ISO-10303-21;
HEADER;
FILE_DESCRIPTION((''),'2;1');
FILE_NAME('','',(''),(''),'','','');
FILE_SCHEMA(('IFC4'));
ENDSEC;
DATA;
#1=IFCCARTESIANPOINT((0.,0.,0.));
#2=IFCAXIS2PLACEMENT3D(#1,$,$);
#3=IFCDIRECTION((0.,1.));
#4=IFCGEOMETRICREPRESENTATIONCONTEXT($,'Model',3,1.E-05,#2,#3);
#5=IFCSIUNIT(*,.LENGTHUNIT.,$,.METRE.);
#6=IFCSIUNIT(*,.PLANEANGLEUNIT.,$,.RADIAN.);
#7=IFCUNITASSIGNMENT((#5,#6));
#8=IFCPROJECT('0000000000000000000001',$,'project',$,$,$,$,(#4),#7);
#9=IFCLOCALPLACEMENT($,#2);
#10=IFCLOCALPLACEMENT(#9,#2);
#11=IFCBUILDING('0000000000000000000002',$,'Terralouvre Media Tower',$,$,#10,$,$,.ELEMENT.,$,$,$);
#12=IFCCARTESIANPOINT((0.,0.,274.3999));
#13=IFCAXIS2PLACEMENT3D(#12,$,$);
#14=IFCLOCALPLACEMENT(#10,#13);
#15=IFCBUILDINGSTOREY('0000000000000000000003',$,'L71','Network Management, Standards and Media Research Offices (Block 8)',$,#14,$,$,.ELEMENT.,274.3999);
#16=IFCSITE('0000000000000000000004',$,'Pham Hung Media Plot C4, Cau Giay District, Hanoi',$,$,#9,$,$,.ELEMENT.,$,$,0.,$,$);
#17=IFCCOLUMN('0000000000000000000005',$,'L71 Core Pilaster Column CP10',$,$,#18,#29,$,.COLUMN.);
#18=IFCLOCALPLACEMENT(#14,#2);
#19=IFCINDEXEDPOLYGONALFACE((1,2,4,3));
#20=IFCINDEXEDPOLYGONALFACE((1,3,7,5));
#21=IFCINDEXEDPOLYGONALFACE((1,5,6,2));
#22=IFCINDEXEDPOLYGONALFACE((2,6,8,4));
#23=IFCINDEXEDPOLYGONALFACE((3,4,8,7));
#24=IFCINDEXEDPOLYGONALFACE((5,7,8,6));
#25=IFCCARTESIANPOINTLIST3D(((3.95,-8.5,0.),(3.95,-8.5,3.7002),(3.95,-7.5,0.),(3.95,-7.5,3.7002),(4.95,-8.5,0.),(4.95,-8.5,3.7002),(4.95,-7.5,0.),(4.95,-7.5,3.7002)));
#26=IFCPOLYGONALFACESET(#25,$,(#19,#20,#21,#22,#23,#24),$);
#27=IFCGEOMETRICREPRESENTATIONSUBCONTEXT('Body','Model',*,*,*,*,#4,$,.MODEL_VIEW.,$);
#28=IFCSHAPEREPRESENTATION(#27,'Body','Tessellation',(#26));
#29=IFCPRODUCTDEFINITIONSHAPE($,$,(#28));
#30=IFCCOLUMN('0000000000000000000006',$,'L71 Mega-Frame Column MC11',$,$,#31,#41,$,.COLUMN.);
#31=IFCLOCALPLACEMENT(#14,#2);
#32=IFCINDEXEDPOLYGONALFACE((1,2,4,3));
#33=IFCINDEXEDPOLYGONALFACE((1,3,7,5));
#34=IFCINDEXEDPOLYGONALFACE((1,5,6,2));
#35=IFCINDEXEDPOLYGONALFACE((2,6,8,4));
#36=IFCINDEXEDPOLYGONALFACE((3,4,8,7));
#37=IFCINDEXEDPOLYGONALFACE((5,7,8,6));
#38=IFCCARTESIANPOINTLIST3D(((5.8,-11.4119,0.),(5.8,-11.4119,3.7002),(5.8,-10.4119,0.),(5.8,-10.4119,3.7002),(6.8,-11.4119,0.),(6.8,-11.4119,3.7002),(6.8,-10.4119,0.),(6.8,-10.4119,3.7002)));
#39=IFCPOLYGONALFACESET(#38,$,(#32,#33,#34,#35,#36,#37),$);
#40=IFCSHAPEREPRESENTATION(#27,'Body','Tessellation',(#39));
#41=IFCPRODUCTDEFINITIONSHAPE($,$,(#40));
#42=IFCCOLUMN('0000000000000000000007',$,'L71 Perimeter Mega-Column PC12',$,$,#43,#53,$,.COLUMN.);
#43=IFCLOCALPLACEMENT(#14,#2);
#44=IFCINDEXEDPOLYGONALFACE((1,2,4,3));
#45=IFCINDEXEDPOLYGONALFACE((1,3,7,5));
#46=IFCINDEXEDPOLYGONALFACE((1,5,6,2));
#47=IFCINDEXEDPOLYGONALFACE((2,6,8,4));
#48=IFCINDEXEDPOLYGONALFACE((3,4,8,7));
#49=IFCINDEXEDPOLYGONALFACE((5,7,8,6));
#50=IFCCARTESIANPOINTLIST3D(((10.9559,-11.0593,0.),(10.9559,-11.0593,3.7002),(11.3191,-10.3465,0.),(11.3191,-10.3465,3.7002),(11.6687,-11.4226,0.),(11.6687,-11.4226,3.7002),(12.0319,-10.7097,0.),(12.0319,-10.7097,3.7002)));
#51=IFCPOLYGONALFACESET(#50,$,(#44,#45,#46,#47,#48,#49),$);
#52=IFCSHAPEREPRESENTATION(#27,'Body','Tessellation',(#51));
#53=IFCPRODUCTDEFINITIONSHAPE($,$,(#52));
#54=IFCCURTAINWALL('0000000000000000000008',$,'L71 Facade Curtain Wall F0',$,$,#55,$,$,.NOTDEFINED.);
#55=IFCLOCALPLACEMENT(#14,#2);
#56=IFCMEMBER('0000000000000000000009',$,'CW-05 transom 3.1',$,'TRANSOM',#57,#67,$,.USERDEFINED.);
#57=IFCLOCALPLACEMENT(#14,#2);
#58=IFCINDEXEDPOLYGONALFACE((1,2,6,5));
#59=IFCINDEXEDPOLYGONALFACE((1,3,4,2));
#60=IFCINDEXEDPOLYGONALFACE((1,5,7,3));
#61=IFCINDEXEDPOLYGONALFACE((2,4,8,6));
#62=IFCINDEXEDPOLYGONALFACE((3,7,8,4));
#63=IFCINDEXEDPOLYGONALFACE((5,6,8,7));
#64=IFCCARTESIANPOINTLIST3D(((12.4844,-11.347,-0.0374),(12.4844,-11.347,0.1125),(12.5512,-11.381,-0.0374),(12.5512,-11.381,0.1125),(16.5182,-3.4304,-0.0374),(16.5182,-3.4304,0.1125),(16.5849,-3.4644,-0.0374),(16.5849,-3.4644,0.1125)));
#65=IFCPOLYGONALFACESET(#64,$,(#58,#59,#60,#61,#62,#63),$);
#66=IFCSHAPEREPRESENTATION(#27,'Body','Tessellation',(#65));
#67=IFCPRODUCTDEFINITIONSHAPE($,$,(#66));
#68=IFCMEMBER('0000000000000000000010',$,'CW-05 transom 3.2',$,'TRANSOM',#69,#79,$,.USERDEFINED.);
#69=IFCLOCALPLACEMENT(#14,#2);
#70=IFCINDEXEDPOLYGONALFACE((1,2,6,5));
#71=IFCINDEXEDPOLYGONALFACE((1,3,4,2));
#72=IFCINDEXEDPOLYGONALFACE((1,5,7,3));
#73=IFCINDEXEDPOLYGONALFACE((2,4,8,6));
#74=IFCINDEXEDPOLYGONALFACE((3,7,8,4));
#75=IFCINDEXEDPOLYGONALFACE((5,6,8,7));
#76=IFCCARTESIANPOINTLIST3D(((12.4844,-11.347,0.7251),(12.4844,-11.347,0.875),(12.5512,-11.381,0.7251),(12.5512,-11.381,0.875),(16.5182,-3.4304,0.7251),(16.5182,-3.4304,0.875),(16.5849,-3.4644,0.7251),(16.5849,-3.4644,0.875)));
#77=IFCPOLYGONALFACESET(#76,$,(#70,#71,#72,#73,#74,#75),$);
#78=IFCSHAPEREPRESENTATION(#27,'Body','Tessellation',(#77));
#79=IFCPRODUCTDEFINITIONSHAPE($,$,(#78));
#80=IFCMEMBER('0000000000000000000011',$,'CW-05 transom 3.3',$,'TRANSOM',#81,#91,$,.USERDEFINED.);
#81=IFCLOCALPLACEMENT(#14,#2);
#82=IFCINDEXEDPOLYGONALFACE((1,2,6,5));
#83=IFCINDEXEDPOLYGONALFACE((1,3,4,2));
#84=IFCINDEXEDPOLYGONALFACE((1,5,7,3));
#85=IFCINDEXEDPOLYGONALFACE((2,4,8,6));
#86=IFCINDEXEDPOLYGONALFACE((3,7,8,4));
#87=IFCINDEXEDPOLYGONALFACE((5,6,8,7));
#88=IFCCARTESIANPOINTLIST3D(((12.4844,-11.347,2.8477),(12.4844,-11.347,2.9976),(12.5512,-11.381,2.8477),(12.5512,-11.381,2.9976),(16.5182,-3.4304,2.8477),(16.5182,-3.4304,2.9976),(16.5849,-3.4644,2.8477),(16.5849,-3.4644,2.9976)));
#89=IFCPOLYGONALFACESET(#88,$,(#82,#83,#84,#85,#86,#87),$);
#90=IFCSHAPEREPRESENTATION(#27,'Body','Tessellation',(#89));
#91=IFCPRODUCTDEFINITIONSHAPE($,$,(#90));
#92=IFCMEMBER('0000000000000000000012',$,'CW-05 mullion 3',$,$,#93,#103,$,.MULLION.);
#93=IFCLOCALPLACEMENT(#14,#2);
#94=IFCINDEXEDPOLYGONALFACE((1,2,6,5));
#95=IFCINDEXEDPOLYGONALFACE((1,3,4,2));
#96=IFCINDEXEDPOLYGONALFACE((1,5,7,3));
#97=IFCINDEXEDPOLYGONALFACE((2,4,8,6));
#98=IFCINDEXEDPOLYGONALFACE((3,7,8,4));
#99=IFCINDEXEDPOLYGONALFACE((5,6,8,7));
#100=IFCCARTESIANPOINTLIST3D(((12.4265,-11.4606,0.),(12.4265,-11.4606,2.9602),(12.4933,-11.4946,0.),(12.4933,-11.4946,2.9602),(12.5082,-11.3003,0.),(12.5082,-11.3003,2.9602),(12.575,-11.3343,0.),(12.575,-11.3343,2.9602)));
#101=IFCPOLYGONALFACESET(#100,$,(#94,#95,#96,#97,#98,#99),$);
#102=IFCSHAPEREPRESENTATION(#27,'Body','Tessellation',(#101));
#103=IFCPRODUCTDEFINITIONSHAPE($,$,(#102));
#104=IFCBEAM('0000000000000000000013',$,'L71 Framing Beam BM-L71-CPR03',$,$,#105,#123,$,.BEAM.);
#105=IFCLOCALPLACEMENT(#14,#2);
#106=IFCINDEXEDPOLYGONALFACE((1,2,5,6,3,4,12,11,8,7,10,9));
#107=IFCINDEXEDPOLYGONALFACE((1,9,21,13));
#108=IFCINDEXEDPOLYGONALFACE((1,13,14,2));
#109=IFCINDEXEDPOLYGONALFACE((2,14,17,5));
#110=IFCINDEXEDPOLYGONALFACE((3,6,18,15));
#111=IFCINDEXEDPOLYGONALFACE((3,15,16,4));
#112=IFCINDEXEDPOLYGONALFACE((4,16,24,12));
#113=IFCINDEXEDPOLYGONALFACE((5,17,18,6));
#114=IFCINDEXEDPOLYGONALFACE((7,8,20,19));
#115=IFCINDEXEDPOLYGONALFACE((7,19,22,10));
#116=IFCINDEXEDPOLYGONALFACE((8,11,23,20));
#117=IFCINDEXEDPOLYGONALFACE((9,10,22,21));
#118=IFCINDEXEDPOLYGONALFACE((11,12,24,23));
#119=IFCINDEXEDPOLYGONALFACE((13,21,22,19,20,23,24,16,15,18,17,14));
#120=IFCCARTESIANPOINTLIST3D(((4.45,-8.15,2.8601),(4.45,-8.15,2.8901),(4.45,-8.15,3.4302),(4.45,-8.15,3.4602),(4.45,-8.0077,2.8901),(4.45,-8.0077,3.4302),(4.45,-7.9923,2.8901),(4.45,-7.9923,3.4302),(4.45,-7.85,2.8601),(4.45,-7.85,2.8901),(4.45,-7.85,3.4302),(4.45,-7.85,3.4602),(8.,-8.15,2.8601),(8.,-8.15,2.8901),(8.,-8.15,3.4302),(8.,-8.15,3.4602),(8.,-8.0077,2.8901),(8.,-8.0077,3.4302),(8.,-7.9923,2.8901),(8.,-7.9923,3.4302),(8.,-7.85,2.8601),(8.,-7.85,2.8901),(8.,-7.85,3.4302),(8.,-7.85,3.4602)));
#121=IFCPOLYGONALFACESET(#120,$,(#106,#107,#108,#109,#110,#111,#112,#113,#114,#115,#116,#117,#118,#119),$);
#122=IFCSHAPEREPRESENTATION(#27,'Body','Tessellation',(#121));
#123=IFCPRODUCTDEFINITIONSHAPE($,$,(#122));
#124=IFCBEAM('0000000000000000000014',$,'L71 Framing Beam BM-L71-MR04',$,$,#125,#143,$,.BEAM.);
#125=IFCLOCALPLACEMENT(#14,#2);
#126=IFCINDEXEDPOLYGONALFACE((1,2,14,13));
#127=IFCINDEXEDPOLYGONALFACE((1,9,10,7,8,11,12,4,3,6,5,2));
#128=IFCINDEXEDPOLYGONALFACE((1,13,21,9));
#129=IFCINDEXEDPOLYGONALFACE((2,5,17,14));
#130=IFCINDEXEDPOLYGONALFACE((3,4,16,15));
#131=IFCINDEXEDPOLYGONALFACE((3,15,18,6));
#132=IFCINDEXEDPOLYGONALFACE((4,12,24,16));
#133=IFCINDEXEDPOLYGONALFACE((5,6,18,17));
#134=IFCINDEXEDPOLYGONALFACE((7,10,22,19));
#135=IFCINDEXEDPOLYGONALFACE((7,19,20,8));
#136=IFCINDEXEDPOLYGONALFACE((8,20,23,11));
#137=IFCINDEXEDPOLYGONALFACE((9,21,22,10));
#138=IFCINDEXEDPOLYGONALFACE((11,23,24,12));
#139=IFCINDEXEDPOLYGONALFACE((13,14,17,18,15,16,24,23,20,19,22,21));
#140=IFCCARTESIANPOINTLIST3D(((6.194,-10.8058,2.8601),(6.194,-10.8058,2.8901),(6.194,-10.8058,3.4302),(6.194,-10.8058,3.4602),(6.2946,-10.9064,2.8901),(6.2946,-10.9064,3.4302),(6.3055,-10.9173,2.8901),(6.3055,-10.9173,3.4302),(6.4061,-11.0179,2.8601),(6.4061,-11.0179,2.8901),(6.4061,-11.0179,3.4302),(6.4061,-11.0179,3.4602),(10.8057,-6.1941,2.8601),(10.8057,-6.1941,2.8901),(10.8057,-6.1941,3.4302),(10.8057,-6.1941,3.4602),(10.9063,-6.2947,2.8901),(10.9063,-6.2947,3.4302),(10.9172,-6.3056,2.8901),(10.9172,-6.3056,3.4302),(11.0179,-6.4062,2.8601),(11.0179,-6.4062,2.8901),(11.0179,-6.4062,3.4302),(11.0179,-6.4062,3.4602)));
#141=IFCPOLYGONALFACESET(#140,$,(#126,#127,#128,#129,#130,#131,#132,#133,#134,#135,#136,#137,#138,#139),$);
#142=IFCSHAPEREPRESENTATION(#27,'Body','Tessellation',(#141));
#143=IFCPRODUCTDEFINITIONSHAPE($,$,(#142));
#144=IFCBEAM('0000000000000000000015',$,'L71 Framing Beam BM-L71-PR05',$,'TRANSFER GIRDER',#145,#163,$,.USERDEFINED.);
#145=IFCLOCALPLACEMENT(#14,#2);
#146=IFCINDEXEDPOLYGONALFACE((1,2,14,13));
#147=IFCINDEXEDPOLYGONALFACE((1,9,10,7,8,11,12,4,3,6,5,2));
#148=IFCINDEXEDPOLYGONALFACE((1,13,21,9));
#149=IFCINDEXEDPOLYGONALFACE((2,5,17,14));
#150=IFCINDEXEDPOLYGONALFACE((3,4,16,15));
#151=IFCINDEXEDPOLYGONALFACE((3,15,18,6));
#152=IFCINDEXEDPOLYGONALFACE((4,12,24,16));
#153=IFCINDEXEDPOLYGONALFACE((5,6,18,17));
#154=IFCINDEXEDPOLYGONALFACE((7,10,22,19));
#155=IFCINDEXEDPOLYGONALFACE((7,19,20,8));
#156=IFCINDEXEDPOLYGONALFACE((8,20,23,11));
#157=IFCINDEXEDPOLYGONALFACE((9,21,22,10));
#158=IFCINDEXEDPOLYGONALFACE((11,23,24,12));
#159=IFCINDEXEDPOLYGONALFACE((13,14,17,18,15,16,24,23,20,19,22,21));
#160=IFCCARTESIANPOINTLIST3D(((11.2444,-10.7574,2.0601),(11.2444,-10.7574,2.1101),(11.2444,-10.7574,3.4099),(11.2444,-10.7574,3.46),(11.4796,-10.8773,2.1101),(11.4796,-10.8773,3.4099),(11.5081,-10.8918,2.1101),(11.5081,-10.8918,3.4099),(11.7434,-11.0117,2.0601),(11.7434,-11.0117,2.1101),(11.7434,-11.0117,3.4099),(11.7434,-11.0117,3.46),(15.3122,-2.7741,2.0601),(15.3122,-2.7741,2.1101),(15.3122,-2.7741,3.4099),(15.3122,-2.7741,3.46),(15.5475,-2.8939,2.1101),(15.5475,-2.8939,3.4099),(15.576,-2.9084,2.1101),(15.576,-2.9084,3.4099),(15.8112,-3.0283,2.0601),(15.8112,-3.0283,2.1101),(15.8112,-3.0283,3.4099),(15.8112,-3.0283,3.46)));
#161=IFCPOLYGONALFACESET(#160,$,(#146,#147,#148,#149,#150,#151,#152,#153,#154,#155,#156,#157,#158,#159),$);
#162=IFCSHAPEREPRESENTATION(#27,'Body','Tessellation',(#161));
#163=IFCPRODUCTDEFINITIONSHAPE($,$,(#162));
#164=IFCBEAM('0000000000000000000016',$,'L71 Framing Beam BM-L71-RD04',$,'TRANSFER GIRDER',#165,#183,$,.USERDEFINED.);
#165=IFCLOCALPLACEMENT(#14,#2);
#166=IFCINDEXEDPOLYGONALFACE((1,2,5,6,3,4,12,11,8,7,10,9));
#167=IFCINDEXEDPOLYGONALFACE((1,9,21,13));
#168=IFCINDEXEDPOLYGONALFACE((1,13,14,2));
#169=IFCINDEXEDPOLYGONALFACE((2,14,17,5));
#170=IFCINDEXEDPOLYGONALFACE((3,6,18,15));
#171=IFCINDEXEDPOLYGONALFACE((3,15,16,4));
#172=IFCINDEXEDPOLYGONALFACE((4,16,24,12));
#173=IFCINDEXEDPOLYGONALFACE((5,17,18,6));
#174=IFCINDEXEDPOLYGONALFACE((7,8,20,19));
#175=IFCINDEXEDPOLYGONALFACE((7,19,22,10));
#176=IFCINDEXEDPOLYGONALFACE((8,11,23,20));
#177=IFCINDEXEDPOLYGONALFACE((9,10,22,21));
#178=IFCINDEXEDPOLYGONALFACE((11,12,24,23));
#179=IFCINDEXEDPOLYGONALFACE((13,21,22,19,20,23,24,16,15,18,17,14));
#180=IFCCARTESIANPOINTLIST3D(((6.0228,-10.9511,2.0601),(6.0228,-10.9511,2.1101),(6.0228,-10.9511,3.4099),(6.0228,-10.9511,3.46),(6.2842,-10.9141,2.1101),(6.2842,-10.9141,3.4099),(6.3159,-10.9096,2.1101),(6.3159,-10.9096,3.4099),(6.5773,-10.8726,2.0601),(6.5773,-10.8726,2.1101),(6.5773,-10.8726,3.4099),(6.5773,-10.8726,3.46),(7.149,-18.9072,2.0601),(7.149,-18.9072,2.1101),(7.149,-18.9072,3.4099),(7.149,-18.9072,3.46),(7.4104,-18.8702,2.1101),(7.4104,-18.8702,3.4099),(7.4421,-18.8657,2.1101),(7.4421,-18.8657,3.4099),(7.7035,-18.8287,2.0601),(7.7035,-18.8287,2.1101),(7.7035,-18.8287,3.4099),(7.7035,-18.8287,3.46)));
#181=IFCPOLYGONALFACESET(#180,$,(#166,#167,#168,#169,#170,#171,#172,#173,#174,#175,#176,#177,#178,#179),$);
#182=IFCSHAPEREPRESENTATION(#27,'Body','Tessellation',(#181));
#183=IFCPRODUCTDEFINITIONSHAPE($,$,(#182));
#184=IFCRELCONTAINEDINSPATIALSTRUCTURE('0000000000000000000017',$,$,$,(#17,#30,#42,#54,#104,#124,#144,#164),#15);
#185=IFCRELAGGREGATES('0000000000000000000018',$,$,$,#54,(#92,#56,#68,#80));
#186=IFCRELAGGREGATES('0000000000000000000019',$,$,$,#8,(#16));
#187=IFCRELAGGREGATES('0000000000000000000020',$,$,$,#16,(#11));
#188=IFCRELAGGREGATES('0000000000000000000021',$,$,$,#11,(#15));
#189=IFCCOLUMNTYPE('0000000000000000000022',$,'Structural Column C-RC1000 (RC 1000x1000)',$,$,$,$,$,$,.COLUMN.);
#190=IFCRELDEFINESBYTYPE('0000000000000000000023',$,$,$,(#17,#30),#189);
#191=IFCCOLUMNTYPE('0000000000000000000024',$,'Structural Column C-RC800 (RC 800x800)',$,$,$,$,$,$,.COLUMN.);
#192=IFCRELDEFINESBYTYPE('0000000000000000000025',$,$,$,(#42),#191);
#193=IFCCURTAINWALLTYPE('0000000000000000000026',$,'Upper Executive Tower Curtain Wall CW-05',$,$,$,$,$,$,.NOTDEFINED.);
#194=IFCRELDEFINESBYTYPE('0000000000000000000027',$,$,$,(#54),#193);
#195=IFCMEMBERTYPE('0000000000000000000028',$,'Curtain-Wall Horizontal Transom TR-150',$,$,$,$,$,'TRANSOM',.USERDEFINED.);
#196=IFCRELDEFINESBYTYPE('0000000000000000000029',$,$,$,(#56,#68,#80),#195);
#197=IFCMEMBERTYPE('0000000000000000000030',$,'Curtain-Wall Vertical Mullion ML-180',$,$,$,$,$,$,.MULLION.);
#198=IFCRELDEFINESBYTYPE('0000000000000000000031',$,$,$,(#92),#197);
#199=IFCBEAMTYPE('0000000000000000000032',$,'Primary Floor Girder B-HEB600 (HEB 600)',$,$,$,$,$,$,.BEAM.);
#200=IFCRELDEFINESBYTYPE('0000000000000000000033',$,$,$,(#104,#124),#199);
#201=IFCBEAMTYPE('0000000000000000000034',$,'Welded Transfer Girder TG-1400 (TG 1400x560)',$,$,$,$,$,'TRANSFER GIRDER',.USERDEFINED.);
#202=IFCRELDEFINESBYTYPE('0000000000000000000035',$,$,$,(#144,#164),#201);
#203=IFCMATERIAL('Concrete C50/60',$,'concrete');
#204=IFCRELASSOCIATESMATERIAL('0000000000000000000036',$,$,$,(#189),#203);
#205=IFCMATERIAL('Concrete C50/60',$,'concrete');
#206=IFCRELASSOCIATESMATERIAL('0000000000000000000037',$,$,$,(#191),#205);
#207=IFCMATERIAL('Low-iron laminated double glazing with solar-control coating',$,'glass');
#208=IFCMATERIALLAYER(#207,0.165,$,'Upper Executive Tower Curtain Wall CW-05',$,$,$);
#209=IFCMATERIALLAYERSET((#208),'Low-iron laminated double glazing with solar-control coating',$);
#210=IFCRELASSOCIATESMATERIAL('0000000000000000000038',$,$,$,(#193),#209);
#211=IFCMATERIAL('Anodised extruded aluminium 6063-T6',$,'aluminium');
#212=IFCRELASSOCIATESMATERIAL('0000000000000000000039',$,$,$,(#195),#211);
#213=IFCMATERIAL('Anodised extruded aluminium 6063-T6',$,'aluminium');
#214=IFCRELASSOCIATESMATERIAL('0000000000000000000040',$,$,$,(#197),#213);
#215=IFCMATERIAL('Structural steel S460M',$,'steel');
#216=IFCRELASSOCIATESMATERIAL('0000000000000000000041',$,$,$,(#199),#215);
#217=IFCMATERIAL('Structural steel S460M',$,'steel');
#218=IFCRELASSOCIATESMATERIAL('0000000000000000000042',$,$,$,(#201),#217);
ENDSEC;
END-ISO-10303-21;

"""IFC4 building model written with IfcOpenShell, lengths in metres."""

from ifc_helpers import new_model, si_unit, direction, frame, origin, origin_2d, place, context, subcontext, project, spatial, rectangle, i_section, extrude, material, layer, layer_set, material_profile, profile_set, type_object, element, aggregate, save


model = new_model("IFC4")

# Units and contexts
model_context = context("Model", 3, precision=1e-05, world=origin(), true_north=direction((0.0, 1.0)))
body_context = subcontext(model_context, "Body", "Model", "MODEL_VIEW")
ifc_project = project(units=[si_unit("LENGTHUNIT", "METRE"), si_unit("PLANEANGLEUNIT", "RADIAN")], contexts=[model_context])

# Site, building, storey
site_placement = place(None, origin())
site = spatial("IfcSite", under=ifc_project, at=site_placement, Name="Pham Hung Media Plot C4, Cau Giay District, Hanoi", CompositionType="ELEMENT", RefElevation=0.0)
building_placement = place(site_placement, origin())
building = spatial("IfcBuilding", under=site, at=building_placement, Name="Terralouvre Media Tower", CompositionType="ELEMENT")
storey_placement = place(building_placement, frame((0.0, 0.0, 274.3999)))
storey = spatial("IfcBuildingStorey", under=building, at=storey_placement, Name="L71", Description="Network Management, Standards and Media Research Offices (Block 8)", CompositionType="ELEMENT", Elevation=274.3999)

# Columns
ifc_material_1 = material(Name="Concrete C50/60", Category="concrete")
ifc_material_profile_1 = material_profile(ifc_material_1, rectangle(XDim=1.0, YDim=1.0, at=origin_2d()), Name="RC 1000x1000")
ifc_profile_set_1 = profile_set([ifc_material_profile_1], Name="Concrete C50/60")
column_type_1 = type_object("IfcColumnType", Name="Structural Column C-RC1000 (RC 1000x1000)", PredefinedType="COLUMN", material=ifc_profile_set_1)
for number, where, z_axis, x_axis, name in (
    (1, (4.45, -8.0, 0.0), (0.0, 0.0, 1.0), (1.0, 0.0, 0.0), "L71 Core Pilaster Column CP10"),
    (2, (6.3, -10.9119, 0.0), (0.0, 0.0, 1.0), (1.0, 0.0, 0.0), "L71 Mega-Frame Column MC11"),
):
    element("IfcColumn", number, at=place(storey_placement, frame(where, z_axis=z_axis, x_axis=x_axis)), inside=storey, type_object=column_type_1, Name=name, PredefinedType="COLUMN", context=body_context, shape_type="SweptSolid", body=[
        extrude(rectangle(XDim=1.0, YDim=1.0, at=origin_2d()), origin(), (0.0, 0.0, 1.0), 3.7002),
    ])
ifc_material_2 = material(Name="Concrete C50/60", Category="concrete")
ifc_material_profile_2 = material_profile(ifc_material_2, rectangle(XDim=0.8, YDim=0.8, at=origin_2d()), Name="RC 800x800")
ifc_profile_set_2 = profile_set([ifc_material_profile_2], Name="Concrete C50/60")
column_type_2 = type_object("IfcColumnType", Name="Structural Column C-RC800 (RC 800x800)", PredefinedType="COLUMN", material=ifc_profile_set_2)
column_placement = place(storey_placement, frame((11.4939, -10.8845, 0.0), z_axis=(0.0, 0.0, 1.0), x_axis=(0.45399, 0.891007, 0.0)))
element("IfcColumn", 3, at=column_placement, inside=storey, type_object=column_type_2, Name="L71 Perimeter Mega-Column PC12", PredefinedType="COLUMN", context=body_context, shape_type="SweptSolid", body=[
    extrude(rectangle(XDim=0.8, YDim=0.8, at=origin_2d()), origin(), (0.0, 0.0, 1.0), 3.7002),
])

# Curtain wall, members
ifc_material_3 = material(Name="Low-iron laminated double glazing with solar-control coating", Category="glass")
ifc_layer_1 = layer(ifc_material_3, 0.165, Name="Upper Executive Tower Curtain Wall CW-05")
ifc_layer_set_1 = layer_set([ifc_layer_1], Name="Low-iron laminated double glazing with solar-control coating")
curtain_wall_type = type_object("IfcCurtainWallType", Name="Upper Executive Tower Curtain Wall CW-05", PredefinedType="NOTDEFINED", material=ifc_layer_set_1)
curtain_wall_placement = place(storey_placement, origin())
curtain_wall = element("IfcCurtainWall", 4, at=curtain_wall_placement, inside=storey, type_object=curtain_wall_type, Name="L71 Facade Curtain Wall F0", PredefinedType="NOTDEFINED")
ifc_material_4 = material(Name="Anodised extruded aluminium 6063-T6", Category="aluminium")
ifc_material_profile_3 = material_profile(ifc_material_4, rectangle(XDim=0.075, YDim=0.1499, at=origin_2d()), Name="ALU 75x150")
ifc_profile_set_3 = profile_set([ifc_material_profile_3], Name="Anodised extruded aluminium 6063-T6")
member_type_1 = type_object("IfcMemberType", Name="Curtain-Wall Horizontal Transom TR-150", ElementType="TRANSOM", PredefinedType="USERDEFINED", material=ifc_profile_set_3)
member_1_placement = place(storey_placement, frame((12.5178, -11.364, 0.0376), z_axis=(0.453993, 0.891005, 0.0), x_axis=(-0.891005, 0.453993, 0.0)))
member_1 = element("IfcMember", 5, at=member_1_placement, type_object=member_type_1, Name="CW-05 transom 3.1", ObjectType="TRANSOM", PredefinedType="USERDEFINED", context=body_context, shape_type="SweptSolid", body=[
    extrude(rectangle(XDim=0.075, YDim=0.1499, at=origin_2d()), origin(), (0.0, 0.0, 1.0), 8.885),
])
member_2_placement = place(storey_placement, frame((12.5178, -11.364, 0.8), z_axis=(0.453993, 0.891005, 0.0), x_axis=(-0.891005, 0.453993, 0.0)))
member_2 = element("IfcMember", 6, at=member_2_placement, type_object=member_type_1, Name="CW-05 transom 3.2", ObjectType="TRANSOM", PredefinedType="USERDEFINED", context=body_context, shape_type="SweptSolid", body=[
    extrude(rectangle(XDim=0.075, YDim=0.1499, at=origin_2d()), origin(), (0.0, 0.0, 1.0), 8.885),
])
member_3_placement = place(storey_placement, frame((12.5178, -11.364, 2.9226), z_axis=(0.453993, 0.891005, 0.0), x_axis=(-0.891005, 0.453993, 0.0)))
member_3 = element("IfcMember", 7, at=member_3_placement, type_object=member_type_1, Name="CW-05 transom 3.3", ObjectType="TRANSOM", PredefinedType="USERDEFINED", context=body_context, shape_type="SweptSolid", body=[
    extrude(rectangle(XDim=0.075, YDim=0.1499, at=origin_2d()), origin(), (0.0, 0.0, 1.0), 8.885),
])
ifc_material_5 = material(Name="Anodised extruded aluminium 6063-T6", Category="aluminium")
ifc_material_profile_4 = material_profile(ifc_material_5, rectangle(XDim=0.075, YDim=0.1799, at=origin_2d()), Name="ALU 75x180")
ifc_profile_set_4 = profile_set([ifc_material_profile_4], Name="Anodised extruded aluminium 6063-T6")
member_type_2 = type_object("IfcMemberType", Name="Curtain-Wall Vertical Mullion ML-180", PredefinedType="MULLION", material=ifc_profile_set_4)
member_4_placement = place(storey_placement, frame((12.5007, -11.3975, 0.0), z_axis=(0.0, 0.0, 1.0), x_axis=(-0.891007, 0.45399, 0.0)))
member_4 = element("IfcMember", 8, at=member_4_placement, type_object=member_type_2, Name="CW-05 mullion 3", PredefinedType="MULLION", context=body_context, shape_type="SweptSolid", body=[
    extrude(rectangle(XDim=0.075, YDim=0.1799, at=origin_2d()), origin(), (0.0, 0.0, 1.0), 2.9602),
])

# Beams
ifc_material_6 = material(Name="Structural steel S460M", Category="steel")
ifc_material_profile_5 = material_profile(ifc_material_6, i_section(OverallWidth=0.3, OverallDepth=0.6001, WebThickness=0.0154, FlangeThickness=0.03, at=origin_2d()), Name="HEB 600")
ifc_profile_set_5 = profile_set([ifc_material_profile_5], Name="Structural steel S460M")
beam_type_1 = type_object("IfcBeamType", Name="Primary Floor Girder B-HEB600 (HEB 600)", PredefinedType="BEAM", material=ifc_profile_set_5)
beam_1_placement = place(storey_placement, frame((4.45, -8.0, 3.1602), z_axis=(1.0, 0.0, 0.0), x_axis=(0.0, 1.0, 0.0)))
element("IfcBeam", 9, at=beam_1_placement, inside=storey, type_object=beam_type_1, Name="L71 Framing Beam BM-L71-CPR03", PredefinedType="BEAM", context=body_context, shape_type="SweptSolid", body=[
    extrude(i_section(OverallWidth=0.3, OverallDepth=0.6001, WebThickness=0.0154, FlangeThickness=0.03, at=origin_2d()), origin(), (0.0, 0.0, 1.0), 3.55),
])
beam_2_placement = place(storey_placement, frame((6.3, -10.9119, 3.1602), z_axis=(0.707107, 0.707107, 0.0), x_axis=(-0.707107, 0.707107, 0.0)))
element("IfcBeam", 10, at=beam_2_placement, inside=storey, type_object=beam_type_1, Name="L71 Framing Beam BM-L71-MR04", PredefinedType="BEAM", context=body_context, shape_type="SweptSolid", body=[
    extrude(i_section(OverallWidth=0.3, OverallDepth=0.6001, WebThickness=0.0154, FlangeThickness=0.03, at=origin_2d()), origin(), (0.0, 0.0, 1.0), 6.522),
])
ifc_material_7 = material(Name="Structural steel S460M", Category="steel")
ifc_material_profile_6 = material_profile(ifc_material_7, i_section(OverallWidth=0.5601, OverallDepth=1.3999, WebThickness=0.032, FlangeThickness=0.05, at=origin_2d()), Name="TG 1400x560")
ifc_profile_set_6 = profile_set([ifc_material_profile_6], Name="Structural steel S460M")
beam_type_2 = type_object("IfcBeamType", Name="Welded Transfer Girder TG-1400 (TG 1400x560)", ElementType="TRANSFER GIRDER", PredefinedType="USERDEFINED", material=ifc_profile_set_6)
beam_3_placement = place(storey_placement, frame((11.4939, -10.8845, 2.76), z_axis=(0.454002, 0.891001, 0.0), x_axis=(-0.891001, 0.454002, 0.0)))
element("IfcBeam", 11, at=beam_3_placement, inside=storey, type_object=beam_type_2, Name="L71 Framing Beam BM-L71-PR05", ObjectType="TRANSFER GIRDER", PredefinedType="USERDEFINED", context=body_context, shape_type="SweptSolid", body=[
    extrude(i_section(OverallWidth=0.5601, OverallDepth=1.3999, WebThickness=0.032, FlangeThickness=0.05, at=origin_2d()), origin(), (0.0, 0.0, 1.0), 8.96),
])
beam_4_placement = place(storey_placement, frame((6.3, -10.9119, 2.76), z_axis=(0.140158, -0.990129, 0.0), x_axis=(0.990129, 0.140158, 0.0)))
element("IfcBeam", 12, at=beam_4_placement, inside=storey, type_object=beam_type_2, Name="L71 Framing Beam BM-L71-RD04", ObjectType="TRANSFER GIRDER", PredefinedType="USERDEFINED", context=body_context, shape_type="SweptSolid", body=[
    extrude(i_section(OverallWidth=0.5601, OverallDepth=1.3999, WebThickness=0.032, FlangeThickness=0.05, at=origin_2d()), origin(), (0.0, 0.0, 1.0), 8.0354),
])

aggregate(curtain_wall, [member_4, member_1, member_2, member_3])

save(model, "model.ifc")
